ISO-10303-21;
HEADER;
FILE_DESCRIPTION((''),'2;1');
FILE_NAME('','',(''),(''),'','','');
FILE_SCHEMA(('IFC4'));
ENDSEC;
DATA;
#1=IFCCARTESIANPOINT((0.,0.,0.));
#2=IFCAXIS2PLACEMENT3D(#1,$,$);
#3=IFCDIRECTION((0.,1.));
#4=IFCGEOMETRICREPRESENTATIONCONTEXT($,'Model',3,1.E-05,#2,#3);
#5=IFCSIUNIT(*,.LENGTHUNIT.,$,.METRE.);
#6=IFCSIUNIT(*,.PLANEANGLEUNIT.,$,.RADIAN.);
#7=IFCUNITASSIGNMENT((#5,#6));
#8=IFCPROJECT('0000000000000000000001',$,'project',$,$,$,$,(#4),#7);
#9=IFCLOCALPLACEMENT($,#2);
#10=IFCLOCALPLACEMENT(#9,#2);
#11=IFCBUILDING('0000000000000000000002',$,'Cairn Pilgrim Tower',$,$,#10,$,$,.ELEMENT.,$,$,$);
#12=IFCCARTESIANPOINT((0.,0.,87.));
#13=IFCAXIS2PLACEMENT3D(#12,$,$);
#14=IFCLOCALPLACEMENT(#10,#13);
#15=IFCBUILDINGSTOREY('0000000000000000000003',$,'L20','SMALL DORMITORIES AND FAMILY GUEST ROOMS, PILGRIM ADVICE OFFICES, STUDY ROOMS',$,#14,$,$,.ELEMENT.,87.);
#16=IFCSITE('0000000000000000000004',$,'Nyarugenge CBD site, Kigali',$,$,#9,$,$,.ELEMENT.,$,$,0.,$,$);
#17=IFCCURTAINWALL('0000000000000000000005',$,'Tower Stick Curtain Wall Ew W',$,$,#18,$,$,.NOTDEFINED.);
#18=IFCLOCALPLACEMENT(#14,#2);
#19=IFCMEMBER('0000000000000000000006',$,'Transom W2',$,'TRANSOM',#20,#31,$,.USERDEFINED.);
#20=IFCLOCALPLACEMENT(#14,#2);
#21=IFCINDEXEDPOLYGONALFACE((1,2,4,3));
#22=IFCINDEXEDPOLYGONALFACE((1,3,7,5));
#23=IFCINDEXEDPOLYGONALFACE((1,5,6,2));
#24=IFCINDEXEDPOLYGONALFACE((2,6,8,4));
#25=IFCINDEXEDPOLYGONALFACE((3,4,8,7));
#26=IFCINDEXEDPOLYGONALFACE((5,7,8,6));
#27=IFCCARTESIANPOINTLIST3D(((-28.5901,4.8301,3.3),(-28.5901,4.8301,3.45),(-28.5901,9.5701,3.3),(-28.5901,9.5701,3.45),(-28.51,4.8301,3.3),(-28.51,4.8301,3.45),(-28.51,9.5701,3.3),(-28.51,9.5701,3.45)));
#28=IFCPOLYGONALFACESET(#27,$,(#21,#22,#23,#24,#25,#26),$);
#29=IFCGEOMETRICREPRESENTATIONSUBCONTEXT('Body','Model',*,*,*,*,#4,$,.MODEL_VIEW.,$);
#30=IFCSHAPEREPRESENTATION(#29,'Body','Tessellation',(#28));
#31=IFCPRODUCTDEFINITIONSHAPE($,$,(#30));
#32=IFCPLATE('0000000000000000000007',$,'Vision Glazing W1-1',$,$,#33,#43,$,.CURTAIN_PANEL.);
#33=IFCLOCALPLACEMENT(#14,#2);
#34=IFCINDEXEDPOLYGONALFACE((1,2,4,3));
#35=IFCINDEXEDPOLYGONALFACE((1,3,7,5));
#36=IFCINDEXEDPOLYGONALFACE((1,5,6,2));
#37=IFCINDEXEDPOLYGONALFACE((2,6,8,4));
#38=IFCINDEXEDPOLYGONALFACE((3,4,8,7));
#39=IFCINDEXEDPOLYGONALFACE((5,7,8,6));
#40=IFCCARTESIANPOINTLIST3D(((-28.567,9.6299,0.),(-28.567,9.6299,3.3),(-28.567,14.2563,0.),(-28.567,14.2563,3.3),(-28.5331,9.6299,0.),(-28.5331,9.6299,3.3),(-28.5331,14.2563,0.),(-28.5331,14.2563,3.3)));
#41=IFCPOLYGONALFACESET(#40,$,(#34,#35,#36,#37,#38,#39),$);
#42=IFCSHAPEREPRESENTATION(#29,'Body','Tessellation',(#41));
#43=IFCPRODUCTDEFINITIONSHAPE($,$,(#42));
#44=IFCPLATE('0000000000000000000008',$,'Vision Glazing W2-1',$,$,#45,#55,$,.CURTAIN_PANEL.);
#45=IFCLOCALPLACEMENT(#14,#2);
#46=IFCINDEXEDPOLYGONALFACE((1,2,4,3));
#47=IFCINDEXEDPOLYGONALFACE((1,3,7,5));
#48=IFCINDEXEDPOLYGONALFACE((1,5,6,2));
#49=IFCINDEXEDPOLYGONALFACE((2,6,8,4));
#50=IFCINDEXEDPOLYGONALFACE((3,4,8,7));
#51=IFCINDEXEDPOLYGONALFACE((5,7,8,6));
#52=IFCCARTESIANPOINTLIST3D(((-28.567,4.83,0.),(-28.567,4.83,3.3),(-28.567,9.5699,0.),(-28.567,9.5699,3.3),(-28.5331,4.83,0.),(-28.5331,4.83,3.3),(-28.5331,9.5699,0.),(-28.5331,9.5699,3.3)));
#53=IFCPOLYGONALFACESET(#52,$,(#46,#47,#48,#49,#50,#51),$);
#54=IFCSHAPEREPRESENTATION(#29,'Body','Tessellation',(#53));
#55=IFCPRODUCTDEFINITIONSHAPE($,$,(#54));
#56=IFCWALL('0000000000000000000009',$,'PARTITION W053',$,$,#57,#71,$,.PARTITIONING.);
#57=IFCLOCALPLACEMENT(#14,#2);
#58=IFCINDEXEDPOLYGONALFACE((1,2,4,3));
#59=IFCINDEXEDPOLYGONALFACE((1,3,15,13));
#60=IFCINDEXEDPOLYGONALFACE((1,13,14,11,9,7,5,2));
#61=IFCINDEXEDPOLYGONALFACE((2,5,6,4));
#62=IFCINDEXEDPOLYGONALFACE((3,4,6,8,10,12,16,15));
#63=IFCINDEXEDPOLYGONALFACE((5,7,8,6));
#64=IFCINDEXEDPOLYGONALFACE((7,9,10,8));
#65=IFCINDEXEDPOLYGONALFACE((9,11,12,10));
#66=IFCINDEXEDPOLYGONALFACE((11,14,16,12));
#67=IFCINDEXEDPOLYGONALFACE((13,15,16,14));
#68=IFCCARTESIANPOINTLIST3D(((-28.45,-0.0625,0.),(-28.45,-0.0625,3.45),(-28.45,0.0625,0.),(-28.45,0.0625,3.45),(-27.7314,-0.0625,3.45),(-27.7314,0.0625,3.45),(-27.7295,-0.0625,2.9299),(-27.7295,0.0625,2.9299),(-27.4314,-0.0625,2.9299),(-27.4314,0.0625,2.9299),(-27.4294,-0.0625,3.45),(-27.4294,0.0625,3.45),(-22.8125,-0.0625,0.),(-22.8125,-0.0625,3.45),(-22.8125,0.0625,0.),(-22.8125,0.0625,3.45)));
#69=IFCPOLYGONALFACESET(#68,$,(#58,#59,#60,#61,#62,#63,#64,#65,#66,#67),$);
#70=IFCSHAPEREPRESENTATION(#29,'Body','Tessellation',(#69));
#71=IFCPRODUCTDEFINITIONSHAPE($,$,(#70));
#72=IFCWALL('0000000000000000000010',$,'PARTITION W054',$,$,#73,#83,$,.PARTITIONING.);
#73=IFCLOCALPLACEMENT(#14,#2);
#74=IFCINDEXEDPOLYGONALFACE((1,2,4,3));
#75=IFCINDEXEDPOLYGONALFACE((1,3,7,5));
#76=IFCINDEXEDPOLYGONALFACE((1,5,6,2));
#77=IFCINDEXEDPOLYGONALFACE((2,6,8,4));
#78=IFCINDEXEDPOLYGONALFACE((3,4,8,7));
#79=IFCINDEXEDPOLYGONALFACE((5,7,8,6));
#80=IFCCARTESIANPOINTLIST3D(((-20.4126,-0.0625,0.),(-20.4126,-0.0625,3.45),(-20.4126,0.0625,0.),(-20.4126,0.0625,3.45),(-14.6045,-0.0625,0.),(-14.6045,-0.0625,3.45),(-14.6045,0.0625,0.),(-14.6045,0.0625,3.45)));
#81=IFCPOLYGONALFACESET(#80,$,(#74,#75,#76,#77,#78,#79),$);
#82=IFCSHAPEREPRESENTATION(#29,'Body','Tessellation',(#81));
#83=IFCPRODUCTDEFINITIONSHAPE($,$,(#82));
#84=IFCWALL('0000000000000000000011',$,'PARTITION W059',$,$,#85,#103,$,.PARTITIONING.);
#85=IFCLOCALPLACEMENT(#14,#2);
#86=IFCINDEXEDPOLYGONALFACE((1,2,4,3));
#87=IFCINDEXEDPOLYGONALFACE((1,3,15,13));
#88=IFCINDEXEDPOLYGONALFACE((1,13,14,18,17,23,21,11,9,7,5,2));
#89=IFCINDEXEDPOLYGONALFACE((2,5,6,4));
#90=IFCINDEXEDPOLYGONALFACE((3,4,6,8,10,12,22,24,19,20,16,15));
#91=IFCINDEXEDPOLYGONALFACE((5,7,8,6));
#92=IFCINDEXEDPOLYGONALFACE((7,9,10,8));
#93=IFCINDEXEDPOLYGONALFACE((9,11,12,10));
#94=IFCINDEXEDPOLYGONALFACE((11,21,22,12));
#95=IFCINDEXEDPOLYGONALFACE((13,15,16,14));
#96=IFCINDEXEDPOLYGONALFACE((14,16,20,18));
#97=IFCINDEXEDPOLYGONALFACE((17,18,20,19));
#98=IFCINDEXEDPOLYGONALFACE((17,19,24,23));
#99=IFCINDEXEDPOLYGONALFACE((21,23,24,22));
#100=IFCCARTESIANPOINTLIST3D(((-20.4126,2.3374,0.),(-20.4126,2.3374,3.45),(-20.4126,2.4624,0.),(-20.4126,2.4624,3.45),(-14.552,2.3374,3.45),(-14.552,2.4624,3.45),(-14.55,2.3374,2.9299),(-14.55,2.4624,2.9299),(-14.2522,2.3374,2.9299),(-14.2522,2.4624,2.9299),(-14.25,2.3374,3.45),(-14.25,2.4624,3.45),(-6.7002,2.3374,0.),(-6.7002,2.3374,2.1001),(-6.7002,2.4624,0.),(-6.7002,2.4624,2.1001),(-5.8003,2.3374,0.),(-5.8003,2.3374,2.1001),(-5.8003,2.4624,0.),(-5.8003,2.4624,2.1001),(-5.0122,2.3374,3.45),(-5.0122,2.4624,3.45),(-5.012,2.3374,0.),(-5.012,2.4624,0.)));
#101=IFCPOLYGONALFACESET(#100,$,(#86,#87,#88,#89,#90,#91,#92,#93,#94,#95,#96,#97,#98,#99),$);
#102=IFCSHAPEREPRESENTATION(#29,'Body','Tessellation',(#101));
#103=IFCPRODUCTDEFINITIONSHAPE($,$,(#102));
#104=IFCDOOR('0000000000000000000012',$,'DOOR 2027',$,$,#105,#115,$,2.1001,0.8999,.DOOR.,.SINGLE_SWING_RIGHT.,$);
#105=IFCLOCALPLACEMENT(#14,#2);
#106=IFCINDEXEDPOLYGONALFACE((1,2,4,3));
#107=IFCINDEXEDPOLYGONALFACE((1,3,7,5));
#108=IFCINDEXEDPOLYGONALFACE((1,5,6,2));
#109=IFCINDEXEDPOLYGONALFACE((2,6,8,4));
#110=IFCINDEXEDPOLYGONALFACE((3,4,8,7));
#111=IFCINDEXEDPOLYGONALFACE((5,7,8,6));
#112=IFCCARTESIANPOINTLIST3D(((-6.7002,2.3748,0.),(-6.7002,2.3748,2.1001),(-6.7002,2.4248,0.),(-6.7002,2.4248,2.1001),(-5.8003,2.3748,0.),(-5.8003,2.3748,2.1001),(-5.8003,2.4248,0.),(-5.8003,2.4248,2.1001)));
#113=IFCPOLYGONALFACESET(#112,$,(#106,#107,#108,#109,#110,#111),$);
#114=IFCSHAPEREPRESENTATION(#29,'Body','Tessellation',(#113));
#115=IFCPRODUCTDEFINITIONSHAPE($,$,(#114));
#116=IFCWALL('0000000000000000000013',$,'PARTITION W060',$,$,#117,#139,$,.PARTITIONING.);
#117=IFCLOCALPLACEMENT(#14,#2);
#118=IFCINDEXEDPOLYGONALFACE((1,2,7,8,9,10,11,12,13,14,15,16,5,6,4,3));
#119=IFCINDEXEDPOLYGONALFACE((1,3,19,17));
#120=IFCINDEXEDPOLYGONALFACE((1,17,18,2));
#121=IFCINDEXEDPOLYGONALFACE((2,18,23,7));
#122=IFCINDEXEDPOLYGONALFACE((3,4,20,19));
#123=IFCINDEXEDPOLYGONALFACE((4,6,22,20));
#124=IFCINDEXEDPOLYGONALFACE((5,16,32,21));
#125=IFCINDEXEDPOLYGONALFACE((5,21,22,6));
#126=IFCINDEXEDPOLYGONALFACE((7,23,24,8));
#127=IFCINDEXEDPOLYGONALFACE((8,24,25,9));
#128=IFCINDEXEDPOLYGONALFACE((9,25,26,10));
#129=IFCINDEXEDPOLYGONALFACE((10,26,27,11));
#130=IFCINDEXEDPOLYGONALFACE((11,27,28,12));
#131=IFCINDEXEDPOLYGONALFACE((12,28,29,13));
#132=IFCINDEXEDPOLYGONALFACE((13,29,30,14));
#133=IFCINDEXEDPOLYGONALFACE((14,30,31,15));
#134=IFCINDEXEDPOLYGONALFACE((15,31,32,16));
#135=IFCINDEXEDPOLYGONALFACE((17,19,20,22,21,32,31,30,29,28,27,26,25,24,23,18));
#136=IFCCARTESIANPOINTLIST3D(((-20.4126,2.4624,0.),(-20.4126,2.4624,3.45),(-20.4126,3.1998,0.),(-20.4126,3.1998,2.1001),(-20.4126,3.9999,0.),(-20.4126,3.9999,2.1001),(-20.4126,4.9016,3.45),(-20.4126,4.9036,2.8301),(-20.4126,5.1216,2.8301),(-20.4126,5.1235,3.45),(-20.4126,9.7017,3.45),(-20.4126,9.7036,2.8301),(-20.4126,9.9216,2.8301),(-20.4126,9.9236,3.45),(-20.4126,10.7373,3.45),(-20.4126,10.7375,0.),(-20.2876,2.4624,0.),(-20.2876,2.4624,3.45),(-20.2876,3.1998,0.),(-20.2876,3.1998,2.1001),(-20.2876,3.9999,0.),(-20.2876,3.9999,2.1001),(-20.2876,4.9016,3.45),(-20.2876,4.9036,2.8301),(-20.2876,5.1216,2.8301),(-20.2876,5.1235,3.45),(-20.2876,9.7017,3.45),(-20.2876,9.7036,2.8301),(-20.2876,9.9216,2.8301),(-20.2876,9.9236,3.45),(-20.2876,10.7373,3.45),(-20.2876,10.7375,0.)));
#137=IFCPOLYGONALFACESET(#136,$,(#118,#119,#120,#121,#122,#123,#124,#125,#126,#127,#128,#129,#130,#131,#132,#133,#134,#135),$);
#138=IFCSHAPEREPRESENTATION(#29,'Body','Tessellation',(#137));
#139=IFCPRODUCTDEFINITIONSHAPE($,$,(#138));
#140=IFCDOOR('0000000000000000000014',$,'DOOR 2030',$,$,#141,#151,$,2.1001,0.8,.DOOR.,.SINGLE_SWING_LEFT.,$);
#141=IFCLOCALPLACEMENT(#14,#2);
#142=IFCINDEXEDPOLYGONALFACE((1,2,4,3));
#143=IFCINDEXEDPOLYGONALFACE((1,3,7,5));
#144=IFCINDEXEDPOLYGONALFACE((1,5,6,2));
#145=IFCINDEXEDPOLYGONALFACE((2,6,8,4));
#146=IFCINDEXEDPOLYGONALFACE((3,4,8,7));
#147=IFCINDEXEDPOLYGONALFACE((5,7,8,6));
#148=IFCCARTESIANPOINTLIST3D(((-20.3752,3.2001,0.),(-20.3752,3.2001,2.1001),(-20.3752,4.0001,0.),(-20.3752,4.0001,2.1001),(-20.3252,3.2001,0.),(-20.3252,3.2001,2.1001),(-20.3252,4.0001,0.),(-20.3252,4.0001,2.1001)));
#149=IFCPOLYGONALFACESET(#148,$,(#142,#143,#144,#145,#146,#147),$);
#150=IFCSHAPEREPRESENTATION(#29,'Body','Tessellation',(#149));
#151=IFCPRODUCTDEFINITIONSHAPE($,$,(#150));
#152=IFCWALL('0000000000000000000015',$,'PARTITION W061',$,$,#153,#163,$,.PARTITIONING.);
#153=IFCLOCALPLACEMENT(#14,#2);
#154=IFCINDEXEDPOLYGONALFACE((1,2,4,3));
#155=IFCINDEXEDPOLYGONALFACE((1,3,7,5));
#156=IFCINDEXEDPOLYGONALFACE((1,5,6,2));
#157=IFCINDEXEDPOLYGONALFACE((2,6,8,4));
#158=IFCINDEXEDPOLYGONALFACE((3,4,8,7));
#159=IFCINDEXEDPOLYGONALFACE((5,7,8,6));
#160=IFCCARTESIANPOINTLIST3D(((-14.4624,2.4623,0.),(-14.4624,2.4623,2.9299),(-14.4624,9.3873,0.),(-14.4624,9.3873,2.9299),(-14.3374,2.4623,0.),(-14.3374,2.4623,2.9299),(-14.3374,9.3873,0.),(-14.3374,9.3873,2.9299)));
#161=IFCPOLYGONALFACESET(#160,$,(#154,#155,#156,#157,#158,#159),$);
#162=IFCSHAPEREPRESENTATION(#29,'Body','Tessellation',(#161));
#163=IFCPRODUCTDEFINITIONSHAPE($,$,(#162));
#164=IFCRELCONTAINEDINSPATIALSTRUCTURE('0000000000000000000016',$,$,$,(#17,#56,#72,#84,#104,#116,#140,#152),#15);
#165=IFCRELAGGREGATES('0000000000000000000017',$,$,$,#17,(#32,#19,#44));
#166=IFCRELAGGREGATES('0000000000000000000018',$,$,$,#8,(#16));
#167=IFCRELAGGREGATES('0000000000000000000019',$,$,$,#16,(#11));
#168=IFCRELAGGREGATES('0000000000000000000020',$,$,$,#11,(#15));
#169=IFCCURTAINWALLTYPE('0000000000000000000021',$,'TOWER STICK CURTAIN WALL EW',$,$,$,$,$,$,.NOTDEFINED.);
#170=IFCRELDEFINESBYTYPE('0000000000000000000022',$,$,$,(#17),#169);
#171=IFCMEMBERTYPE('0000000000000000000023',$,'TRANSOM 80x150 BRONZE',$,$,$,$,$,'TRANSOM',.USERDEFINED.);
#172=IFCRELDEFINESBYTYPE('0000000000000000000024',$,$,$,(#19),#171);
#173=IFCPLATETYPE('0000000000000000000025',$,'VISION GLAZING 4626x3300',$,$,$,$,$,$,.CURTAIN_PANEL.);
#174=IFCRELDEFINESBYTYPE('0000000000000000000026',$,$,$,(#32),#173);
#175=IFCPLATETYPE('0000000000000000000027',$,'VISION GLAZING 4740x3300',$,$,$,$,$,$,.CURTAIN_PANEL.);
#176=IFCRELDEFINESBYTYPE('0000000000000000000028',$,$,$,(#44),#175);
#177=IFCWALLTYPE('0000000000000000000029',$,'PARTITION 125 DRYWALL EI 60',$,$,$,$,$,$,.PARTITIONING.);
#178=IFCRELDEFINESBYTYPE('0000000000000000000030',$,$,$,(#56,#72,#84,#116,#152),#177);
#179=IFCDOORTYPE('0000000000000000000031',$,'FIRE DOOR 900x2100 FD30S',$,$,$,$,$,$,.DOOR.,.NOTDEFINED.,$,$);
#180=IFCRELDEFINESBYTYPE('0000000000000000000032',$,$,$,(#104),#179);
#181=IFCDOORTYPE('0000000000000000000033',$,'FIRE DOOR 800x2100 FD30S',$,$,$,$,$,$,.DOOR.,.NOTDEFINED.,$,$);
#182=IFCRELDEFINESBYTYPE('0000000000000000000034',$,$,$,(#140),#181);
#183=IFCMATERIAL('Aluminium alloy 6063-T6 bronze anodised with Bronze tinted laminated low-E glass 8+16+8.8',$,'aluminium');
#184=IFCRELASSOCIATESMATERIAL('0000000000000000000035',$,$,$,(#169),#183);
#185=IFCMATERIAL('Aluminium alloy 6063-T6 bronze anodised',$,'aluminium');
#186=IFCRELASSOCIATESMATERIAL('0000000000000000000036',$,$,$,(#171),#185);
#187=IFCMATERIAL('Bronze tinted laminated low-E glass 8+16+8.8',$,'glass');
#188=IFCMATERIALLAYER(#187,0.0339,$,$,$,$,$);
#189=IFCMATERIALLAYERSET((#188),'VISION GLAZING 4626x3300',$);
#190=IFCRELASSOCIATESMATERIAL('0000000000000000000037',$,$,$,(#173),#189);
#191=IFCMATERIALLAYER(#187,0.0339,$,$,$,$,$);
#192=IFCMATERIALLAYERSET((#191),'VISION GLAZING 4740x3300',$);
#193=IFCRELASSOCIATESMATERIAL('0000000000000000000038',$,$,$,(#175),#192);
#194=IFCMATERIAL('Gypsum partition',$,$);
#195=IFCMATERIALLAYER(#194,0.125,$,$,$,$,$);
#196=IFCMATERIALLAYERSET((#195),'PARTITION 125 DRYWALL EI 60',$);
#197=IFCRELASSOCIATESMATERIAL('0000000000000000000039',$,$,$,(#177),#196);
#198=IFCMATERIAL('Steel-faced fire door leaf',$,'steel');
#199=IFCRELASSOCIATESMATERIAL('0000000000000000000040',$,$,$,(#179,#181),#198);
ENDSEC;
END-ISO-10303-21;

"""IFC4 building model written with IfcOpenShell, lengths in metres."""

from ifc_helpers import new_model, si_unit, direction, frame, frame_2d, origin, origin_2d, place, context, subcontext, project, spatial, polyline, rectangle, outline, extrude, material, layer, layer_set, material_profile, profile_set, type_object, element, fill, aggregate, save


model = new_model("IFC4")

# Units and contexts
model_context = context("Model", 3, precision=1e-05, world=origin(), true_north=direction((0.0, 1.0)))
body_context = subcontext(model_context, "Body", "Model", "MODEL_VIEW")
ifc_project = project(units=[si_unit("LENGTHUNIT", "METRE"), si_unit("PLANEANGLEUNIT", "RADIAN")], contexts=[model_context])

# Site, building, storey
site_placement = place(None, origin())
site = spatial("IfcSite", under=ifc_project, at=site_placement, Name="Nyarugenge CBD site, Kigali", CompositionType="ELEMENT", RefElevation=0.0)
building_placement = place(site_placement, origin())
building = spatial("IfcBuilding", under=site, at=building_placement, Name="Cairn Pilgrim Tower", CompositionType="ELEMENT")
storey_placement = place(building_placement, frame((0.0, 0.0, 87.0)))
storey = spatial("IfcBuildingStorey", under=building, at=storey_placement, Name="L20", Description="SMALL DORMITORIES AND FAMILY GUEST ROOMS, PILGRIM ADVICE OFFICES, STUDY ROOMS", CompositionType="ELEMENT", Elevation=87.0)

# Curtain wall
ifc_material_1 = material(Name="Aluminium alloy 6063-T6 bronze anodised with Bronze tinted laminated low-E glass 8+16+8.8", Category="aluminium")
curtain_wall_type = type_object("IfcCurtainWallType", Name="TOWER STICK CURTAIN WALL EW", PredefinedType="NOTDEFINED", material=ifc_material_1)
curtain_wall_placement = place(storey_placement, origin())
curtain_wall = element("IfcCurtainWall", 1, at=curtain_wall_placement, inside=storey, type_object=curtain_wall_type, Name="Tower Stick Curtain Wall Ew W", PredefinedType="NOTDEFINED")
ifc_material_2 = material(Name="Aluminium alloy 6063-T6 bronze anodised", Category="aluminium")

# Member
ifc_material_profile_1 = material_profile(ifc_material_2, rectangle(XDim=0.0801, YDim=0.1499, at=origin_2d()), Name="TRANSOM 80x150 BRONZE")
ifc_profile_set_1 = profile_set([ifc_material_profile_1], Name="Aluminium alloy 6063-T6 bronze anodised")
member_type_1 = type_object("IfcMemberType", Name="TRANSOM 80x150 BRONZE", ElementType="TRANSOM", PredefinedType="USERDEFINED", material=ifc_profile_set_1)
member_1_placement = place(storey_placement, frame((-28.55, 9.5701, 3.375), z_axis=(0.0, -1.0, 0.0), x_axis=(1.0, 0.0, 0.0)))
member_1 = element("IfcMember", 2, at=member_1_placement, type_object=member_type_1, Name="Transom W2", ObjectType="TRANSOM", PredefinedType="USERDEFINED", context=body_context, shape_type="SweptSolid", body=[
    extrude(rectangle(XDim=0.0801, YDim=0.1499, at=origin_2d()), origin(), (0.0, 0.0, 1.0), 4.74),
])

# Plates
ifc_material_3 = material(Name="Bronze tinted laminated low-E glass 8+16+8.8", Category="glass")
ifc_layer_1 = layer(ifc_material_3, 0.0339)
ifc_layer_set_1 = layer_set([ifc_layer_1], Name="VISION GLAZING 4626x3300")
plate_type_1 = type_object("IfcPlateType", Name="VISION GLAZING 4626x3300", PredefinedType="CURTAIN_PANEL", material=ifc_layer_set_1)
plate_1_placement = place(storey_placement, frame((-28.55, 11.9431, 0.0), z_axis=(0.0, 0.0, 1.0), x_axis=(0.0, -1.0, 0.0)))
plate_1 = element("IfcPlate", 3, at=plate_1_placement, type_object=plate_type_1, Name="Vision Glazing W1-1", PredefinedType="CURTAIN_PANEL", context=body_context, shape_type="SweptSolid", body=[
    extrude(rectangle(XDim=4.6265, YDim=0.0339, at=origin_2d()), origin(), (0.0, 0.0, 1.0), 3.3),
])
ifc_layer_2 = layer(ifc_material_3, 0.0339)
ifc_layer_set_2 = layer_set([ifc_layer_2], Name="VISION GLAZING 4740x3300")
plate_type_2 = type_object("IfcPlateType", Name="VISION GLAZING 4740x3300", PredefinedType="CURTAIN_PANEL", material=ifc_layer_set_2)
plate_2_placement = place(storey_placement, frame((-28.55, 7.2, 0.0), z_axis=(0.0, 0.0, 1.0), x_axis=(0.0, -1.0, 0.0)))
plate_2 = element("IfcPlate", 4, at=plate_2_placement, type_object=plate_type_2, Name="Vision Glazing W2-1", PredefinedType="CURTAIN_PANEL", context=body_context, shape_type="SweptSolid", body=[
    extrude(rectangle(XDim=4.74, YDim=0.0339, at=origin_2d()), origin(), (0.0, 0.0, 1.0), 3.3),
])
aggregate(curtain_wall, [plate_1, member_1, plate_2])

# Walls
ifc_material_4 = material(Name="Gypsum partition")
ifc_layer_3 = layer(ifc_material_4, 0.125)
ifc_layer_set_3 = layer_set([ifc_layer_3], Name="PARTITION 125 DRYWALL EI 60")
wall_type_1 = type_object("IfcWallType", Name="PARTITION 125 DRYWALL EI 60", PredefinedType="PARTITIONING", material=ifc_layer_set_3)
wall_1_placement = place(storey_placement, frame((-28.45, 0.0, 0.0), z_axis=(0.0, 0.0, 1.0), x_axis=(1.0, 0.0, 0.0)))
element("IfcWall", 5, at=wall_1_placement, inside=storey, type_object=wall_type_1, Name="PARTITION W053", PredefinedType="PARTITIONING", context=body_context, shape_type="SweptSolid", body=[
    extrude(outline(polyline([(0.0, 0.0), (5.6375, 0.0), (5.6375, 3.45), (1.0205, 3.45), (1.0186, 2.9299), (0.7205, 2.9299), (0.7185, 3.45), (0.0, 3.45), (0.0, 0.0)])), frame((0.0, 0.0625, 0.0), z_axis=(0.0, -1.0, 0.0), x_axis=(1.0, 0.0, 0.0)), (0.0, 0.0, 1.0), 0.125),
])
wall_2_placement = place(storey_placement, frame((-20.4126, 0.0, 0.0), z_axis=(0.0, 0.0, 1.0), x_axis=(1.0, 0.0, 0.0)))
element("IfcWall", 6, at=wall_2_placement, inside=storey, type_object=wall_type_1, Name="PARTITION W054", PredefinedType="PARTITIONING", context=body_context, shape_type="SweptSolid", body=[
    extrude(rectangle(XDim=5.8081, YDim=0.125, at=frame_2d((2.9041, 0.0))), origin(), (0.0, 0.0, 1.0), 3.45),
])

# Walls, openings, doors
wall_3_placement = place(storey_placement, frame((-20.4126, 2.3999, 0.0), z_axis=(0.0, 0.0, 1.0), x_axis=(1.0, 0.0, 0.0)))
wall_3 = element("IfcWall", 7, at=wall_3_placement, inside=storey, type_object=wall_type_1, Name="PARTITION W059", PredefinedType="PARTITIONING", context=body_context, shape_type="SweptSolid", body=[
    extrude(outline(polyline([(0.0, 0.0), (15.4006, 0.0), (15.4004, 3.45), (6.1626, 3.45), (6.1604, 2.9299), (5.8625, 2.9299), (5.8606, 3.45), (0.0, 3.45), (0.0, 0.0)])), frame((0.0, 0.0625, 0.0), z_axis=(0.0, -1.0, 0.0), x_axis=(1.0, 0.0, 0.0)), (0.0, 0.0, 1.0), 0.125),
])
opening_1_placement = place(wall_3_placement, frame((13.7124, 0.0, 0.0)))
opening_1 = element("IfcOpeningElement", 8, at=opening_1_placement, cuts=wall_3, PredefinedType="OPENING", context=body_context, shape_type="SweptSolid", body=[
    extrude(rectangle(XDim=0.8999, YDim=2.1001, at=frame_2d((0.45, 1.05))), frame((0.0, 0.0725, 0.0), z_axis=(0.0, -1.0, 0.0), x_axis=(1.0, 0.0, 0.0)), (0.0, 0.0, 1.0), 0.145),
])
ifc_material_5 = material(Name="Steel-faced fire door leaf", Category="steel")
door_type_1 = type_object("IfcDoorType", Name="FIRE DOOR 900x2100 FD30S", OperationType="NOTDEFINED", PredefinedType="DOOR", material=ifc_material_5)
door_1_placement = place(opening_1_placement, origin())
door_1 = element("IfcDoor", 9, at=door_1_placement, inside=storey, type_object=door_type_1, Name="DOOR 2027", OperationType="SINGLE_SWING_RIGHT", OverallHeight=2.1001, OverallWidth=0.8999, PredefinedType="DOOR", context=body_context, shape_type="SweptSolid", body=[
    extrude(rectangle(XDim=0.8999, YDim=2.1001, at=frame_2d((0.45, 1.05))), frame((0.0, 0.0249, 0.0), z_axis=(0.0, -1.0, 0.0), x_axis=(1.0, 0.0, 0.0)), (0.0, 0.0, 1.0), 0.05),
])
fill(opening_1, door_1)
wall_4_placement = place(storey_placement, frame((-20.3501, 2.4624, 0.0), z_axis=(0.0, 0.0, 1.0), x_axis=(0.0, 1.0, 0.0)))
wall_4 = element("IfcWall", 10, at=wall_4_placement, inside=storey, type_object=wall_type_1, Name="PARTITION W060", PredefinedType="PARTITIONING", context=body_context, shape_type="SweptSolid", body=[
    extrude(outline(polyline([(0.0, 0.0), (8.2751, 0.0), (8.2749, 3.45), (7.4612, 3.45), (7.4592, 2.8301), (7.2412, 2.8301), (7.2393, 3.45), (2.6611, 3.45), (2.6592, 2.8301), (2.4412, 2.8301), (2.4392, 3.45), (0.0, 3.45), (0.0, 0.0)])), frame((0.0, 0.0625, 0.0), z_axis=(0.0, -1.0, 0.0), x_axis=(1.0, 0.0, 0.0)), (0.0, 0.0, 1.0), 0.125),
])
opening_2_placement = place(wall_4_placement, frame((0.7375, 0.0, 0.0)))
opening_2 = element("IfcOpeningElement", 11, at=opening_2_placement, cuts=wall_4, PredefinedType="OPENING", context=body_context, shape_type="SweptSolid", body=[
    extrude(rectangle(XDim=0.8, YDim=2.1001, at=frame_2d((0.3999, 1.05))), frame((0.0, 0.0725, 0.0), z_axis=(0.0, -1.0, 0.0), x_axis=(1.0, 0.0, 0.0)), (0.0, 0.0, 1.0), 0.145),
])
door_type_2 = type_object("IfcDoorType", Name="FIRE DOOR 800x2100 FD30S", OperationType="NOTDEFINED", PredefinedType="DOOR", material=ifc_material_5)
door_2_placement = place(opening_2_placement, frame((0.8, 0.0, 0.0), z_axis=(0.0, 0.0, 1.0), x_axis=(-1.0, 0.0, 0.0)))
door_2 = element("IfcDoor", 12, at=door_2_placement, inside=storey, type_object=door_type_2, Name="DOOR 2030", OperationType="SINGLE_SWING_LEFT", OverallHeight=2.1001, OverallWidth=0.8, PredefinedType="DOOR", context=body_context, shape_type="SweptSolid", body=[
    extrude(rectangle(XDim=0.8, YDim=2.1001, at=frame_2d((0.3999, 1.05))), frame((0.0, 0.0249, 0.0), z_axis=(0.0, -1.0, 0.0), x_axis=(1.0, 0.0, 0.0)), (0.0, 0.0, 1.0), 0.05),
])
fill(opening_2, door_2)

# Wall
wall_5_placement = place(storey_placement, frame((-14.3999, 2.4624, 0.0), z_axis=(0.0, 0.0, 1.0), x_axis=(0.0, 1.0, 0.0)))
element("IfcWall", 13, at=wall_5_placement, inside=storey, type_object=wall_type_1, Name="PARTITION W061", PredefinedType="PARTITIONING", context=body_context, shape_type="SweptSolid", body=[
    extrude(rectangle(XDim=6.925, YDim=0.125, at=frame_2d((3.4624, 0.0))), origin(), (0.0, 0.0, 1.0), 2.9299),
])

save(model, "model.ifc")
